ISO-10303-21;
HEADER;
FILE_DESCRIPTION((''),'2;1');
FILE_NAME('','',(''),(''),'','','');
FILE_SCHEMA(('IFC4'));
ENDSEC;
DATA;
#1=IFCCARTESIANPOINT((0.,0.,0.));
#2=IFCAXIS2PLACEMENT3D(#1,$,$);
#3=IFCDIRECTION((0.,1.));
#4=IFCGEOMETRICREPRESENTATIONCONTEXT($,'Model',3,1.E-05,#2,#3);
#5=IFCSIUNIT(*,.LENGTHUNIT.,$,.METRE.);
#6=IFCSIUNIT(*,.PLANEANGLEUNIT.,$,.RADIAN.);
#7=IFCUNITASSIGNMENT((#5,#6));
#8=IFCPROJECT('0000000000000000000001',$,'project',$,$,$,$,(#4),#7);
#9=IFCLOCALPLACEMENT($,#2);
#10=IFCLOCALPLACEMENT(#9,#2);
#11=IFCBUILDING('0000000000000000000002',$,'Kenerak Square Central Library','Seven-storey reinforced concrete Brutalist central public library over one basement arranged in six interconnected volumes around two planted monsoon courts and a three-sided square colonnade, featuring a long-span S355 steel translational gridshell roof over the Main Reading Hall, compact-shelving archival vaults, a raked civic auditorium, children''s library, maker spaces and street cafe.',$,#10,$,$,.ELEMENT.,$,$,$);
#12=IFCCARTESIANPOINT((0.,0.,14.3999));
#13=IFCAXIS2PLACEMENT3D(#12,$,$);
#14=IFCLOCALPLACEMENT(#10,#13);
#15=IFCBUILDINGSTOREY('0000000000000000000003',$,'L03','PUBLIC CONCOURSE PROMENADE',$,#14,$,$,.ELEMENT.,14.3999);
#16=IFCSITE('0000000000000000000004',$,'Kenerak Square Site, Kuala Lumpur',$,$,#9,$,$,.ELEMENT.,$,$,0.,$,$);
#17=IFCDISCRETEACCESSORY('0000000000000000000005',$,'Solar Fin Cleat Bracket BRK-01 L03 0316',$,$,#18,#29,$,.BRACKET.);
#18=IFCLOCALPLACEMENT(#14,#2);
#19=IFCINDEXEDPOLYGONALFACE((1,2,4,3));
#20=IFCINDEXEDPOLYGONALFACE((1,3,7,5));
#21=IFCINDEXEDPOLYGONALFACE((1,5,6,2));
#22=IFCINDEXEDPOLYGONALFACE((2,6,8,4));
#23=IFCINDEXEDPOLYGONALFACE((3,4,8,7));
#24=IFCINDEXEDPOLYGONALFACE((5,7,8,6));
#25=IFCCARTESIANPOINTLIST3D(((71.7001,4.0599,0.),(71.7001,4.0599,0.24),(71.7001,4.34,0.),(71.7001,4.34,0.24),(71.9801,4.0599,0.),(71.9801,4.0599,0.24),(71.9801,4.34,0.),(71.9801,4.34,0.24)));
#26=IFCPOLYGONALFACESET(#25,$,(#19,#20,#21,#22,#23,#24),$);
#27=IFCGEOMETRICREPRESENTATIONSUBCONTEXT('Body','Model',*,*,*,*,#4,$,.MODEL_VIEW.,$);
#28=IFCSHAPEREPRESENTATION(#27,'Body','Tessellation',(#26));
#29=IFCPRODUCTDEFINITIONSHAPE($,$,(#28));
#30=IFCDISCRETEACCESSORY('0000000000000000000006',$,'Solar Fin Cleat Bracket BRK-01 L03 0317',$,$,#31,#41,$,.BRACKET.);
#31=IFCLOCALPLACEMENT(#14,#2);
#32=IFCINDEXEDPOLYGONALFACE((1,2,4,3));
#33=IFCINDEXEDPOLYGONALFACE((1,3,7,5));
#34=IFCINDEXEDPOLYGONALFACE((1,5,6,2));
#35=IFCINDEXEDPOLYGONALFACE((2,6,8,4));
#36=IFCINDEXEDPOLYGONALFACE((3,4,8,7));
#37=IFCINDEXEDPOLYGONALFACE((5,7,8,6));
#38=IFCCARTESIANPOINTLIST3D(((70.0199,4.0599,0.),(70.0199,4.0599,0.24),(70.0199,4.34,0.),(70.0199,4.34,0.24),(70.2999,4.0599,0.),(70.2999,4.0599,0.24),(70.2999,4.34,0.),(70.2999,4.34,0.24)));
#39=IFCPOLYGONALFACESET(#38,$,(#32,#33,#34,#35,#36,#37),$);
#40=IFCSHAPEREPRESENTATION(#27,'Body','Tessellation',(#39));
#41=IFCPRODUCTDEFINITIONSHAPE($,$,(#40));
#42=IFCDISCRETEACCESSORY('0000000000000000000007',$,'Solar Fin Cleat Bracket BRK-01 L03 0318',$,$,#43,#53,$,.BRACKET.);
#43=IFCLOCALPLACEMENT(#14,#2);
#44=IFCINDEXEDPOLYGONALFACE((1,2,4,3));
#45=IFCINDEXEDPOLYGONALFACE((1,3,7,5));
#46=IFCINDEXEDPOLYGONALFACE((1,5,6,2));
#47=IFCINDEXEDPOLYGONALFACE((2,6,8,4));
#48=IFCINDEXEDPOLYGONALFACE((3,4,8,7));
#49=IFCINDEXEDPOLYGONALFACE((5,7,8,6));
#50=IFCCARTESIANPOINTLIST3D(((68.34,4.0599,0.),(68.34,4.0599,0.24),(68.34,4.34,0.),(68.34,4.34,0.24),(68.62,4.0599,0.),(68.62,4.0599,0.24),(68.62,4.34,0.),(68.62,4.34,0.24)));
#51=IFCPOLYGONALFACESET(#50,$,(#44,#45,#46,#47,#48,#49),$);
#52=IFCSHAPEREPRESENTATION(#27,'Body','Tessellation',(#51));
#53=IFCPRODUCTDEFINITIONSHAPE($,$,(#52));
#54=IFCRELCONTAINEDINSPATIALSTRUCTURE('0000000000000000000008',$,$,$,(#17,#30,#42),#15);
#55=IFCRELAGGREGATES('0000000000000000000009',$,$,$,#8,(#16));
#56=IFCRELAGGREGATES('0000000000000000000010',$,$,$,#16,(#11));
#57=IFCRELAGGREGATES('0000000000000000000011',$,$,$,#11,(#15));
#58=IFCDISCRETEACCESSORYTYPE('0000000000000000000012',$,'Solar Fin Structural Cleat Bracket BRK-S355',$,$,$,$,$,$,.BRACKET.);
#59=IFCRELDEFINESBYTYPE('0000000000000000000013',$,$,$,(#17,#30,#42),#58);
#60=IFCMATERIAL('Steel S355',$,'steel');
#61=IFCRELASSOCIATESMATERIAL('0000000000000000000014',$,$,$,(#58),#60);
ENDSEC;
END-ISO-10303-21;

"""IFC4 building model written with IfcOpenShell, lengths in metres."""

from ifc_helpers import new_model, si_unit, direction, frame, origin, origin_2d, place, context, subcontext, project, spatial, rectangle, extrude, material, type_object, element, save


model = new_model("IFC4")

# Units and contexts
model_context = context("Model", 3, precision=1e-05, world=origin(), true_north=direction((0.0, 1.0)))
body_context = subcontext(model_context, "Body", "Model", "MODEL_VIEW")
ifc_project = project(units=[si_unit("LENGTHUNIT", "METRE"), si_unit("PLANEANGLEUNIT", "RADIAN")], contexts=[model_context])

# Site, building, storey
site_placement = place(None, origin())
site = spatial("IfcSite", under=ifc_project, at=site_placement, Name="Kenerak Square Site, Kuala Lumpur", CompositionType="ELEMENT", RefElevation=0.0)
building_placement = place(site_placement, origin())
building = spatial("IfcBuilding", under=site, at=building_placement, Name="Kenerak Square Central Library", Description="Seven-storey reinforced concrete Brutalist central public library over one basement arranged in six interconnected volumes around two planted monsoon courts and a three-sided square colonnade, featuring a long-span S355 steel translational gridshell roof over the Main Reading Hall, compact-shelving archival vaults, a raked civic auditorium, children's library, maker spaces and street cafe.", CompositionType="ELEMENT")
storey_placement = place(building_placement, frame((0.0, 0.0, 14.3999)))
storey = spatial("IfcBuildingStorey", under=building, at=storey_placement, Name="L03", Description="PUBLIC CONCOURSE PROMENADE", CompositionType="ELEMENT", Elevation=14.3999)

# Shared definitions
ifc_material_1 = material(Name="Steel S355", Category="steel")

# Discrete accessories
discrete_accessory_type = type_object("IfcDiscreteAccessoryType", Name="Solar Fin Structural Cleat Bracket BRK-S355", PredefinedType="BRACKET", material=ifc_material_1)
for number, where, z_axis, x_axis, name in (
    (1, (71.8401, 4.2, 0.0), (0.0, 0.0, 1.0), (-1.0, 0.0, 0.0), "Solar Fin Cleat Bracket BRK-01 L03 0316"),
    (2, (70.1599, 4.2, 0.0), (0.0, 0.0, 1.0), (-1.0, 0.0, 0.0), "Solar Fin Cleat Bracket BRK-01 L03 0317"),
    (3, (68.48, 4.2, 0.0), (0.0, 0.0, 1.0), (-1.0, 0.0, 0.0), "Solar Fin Cleat Bracket BRK-01 L03 0318"),
):
    element("IfcDiscreteAccessory", number, at=place(storey_placement, frame(where, z_axis=z_axis, x_axis=x_axis)), inside=storey, type_object=discrete_accessory_type, Name=name, PredefinedType="BRACKET", context=body_context, shape_type="SweptSolid", body=[
        extrude(rectangle(XDim=0.28, YDim=0.28, at=origin_2d()), origin(), (0.0, 0.0, 1.0), 0.24),
    ])

save(model, "model.ifc")
